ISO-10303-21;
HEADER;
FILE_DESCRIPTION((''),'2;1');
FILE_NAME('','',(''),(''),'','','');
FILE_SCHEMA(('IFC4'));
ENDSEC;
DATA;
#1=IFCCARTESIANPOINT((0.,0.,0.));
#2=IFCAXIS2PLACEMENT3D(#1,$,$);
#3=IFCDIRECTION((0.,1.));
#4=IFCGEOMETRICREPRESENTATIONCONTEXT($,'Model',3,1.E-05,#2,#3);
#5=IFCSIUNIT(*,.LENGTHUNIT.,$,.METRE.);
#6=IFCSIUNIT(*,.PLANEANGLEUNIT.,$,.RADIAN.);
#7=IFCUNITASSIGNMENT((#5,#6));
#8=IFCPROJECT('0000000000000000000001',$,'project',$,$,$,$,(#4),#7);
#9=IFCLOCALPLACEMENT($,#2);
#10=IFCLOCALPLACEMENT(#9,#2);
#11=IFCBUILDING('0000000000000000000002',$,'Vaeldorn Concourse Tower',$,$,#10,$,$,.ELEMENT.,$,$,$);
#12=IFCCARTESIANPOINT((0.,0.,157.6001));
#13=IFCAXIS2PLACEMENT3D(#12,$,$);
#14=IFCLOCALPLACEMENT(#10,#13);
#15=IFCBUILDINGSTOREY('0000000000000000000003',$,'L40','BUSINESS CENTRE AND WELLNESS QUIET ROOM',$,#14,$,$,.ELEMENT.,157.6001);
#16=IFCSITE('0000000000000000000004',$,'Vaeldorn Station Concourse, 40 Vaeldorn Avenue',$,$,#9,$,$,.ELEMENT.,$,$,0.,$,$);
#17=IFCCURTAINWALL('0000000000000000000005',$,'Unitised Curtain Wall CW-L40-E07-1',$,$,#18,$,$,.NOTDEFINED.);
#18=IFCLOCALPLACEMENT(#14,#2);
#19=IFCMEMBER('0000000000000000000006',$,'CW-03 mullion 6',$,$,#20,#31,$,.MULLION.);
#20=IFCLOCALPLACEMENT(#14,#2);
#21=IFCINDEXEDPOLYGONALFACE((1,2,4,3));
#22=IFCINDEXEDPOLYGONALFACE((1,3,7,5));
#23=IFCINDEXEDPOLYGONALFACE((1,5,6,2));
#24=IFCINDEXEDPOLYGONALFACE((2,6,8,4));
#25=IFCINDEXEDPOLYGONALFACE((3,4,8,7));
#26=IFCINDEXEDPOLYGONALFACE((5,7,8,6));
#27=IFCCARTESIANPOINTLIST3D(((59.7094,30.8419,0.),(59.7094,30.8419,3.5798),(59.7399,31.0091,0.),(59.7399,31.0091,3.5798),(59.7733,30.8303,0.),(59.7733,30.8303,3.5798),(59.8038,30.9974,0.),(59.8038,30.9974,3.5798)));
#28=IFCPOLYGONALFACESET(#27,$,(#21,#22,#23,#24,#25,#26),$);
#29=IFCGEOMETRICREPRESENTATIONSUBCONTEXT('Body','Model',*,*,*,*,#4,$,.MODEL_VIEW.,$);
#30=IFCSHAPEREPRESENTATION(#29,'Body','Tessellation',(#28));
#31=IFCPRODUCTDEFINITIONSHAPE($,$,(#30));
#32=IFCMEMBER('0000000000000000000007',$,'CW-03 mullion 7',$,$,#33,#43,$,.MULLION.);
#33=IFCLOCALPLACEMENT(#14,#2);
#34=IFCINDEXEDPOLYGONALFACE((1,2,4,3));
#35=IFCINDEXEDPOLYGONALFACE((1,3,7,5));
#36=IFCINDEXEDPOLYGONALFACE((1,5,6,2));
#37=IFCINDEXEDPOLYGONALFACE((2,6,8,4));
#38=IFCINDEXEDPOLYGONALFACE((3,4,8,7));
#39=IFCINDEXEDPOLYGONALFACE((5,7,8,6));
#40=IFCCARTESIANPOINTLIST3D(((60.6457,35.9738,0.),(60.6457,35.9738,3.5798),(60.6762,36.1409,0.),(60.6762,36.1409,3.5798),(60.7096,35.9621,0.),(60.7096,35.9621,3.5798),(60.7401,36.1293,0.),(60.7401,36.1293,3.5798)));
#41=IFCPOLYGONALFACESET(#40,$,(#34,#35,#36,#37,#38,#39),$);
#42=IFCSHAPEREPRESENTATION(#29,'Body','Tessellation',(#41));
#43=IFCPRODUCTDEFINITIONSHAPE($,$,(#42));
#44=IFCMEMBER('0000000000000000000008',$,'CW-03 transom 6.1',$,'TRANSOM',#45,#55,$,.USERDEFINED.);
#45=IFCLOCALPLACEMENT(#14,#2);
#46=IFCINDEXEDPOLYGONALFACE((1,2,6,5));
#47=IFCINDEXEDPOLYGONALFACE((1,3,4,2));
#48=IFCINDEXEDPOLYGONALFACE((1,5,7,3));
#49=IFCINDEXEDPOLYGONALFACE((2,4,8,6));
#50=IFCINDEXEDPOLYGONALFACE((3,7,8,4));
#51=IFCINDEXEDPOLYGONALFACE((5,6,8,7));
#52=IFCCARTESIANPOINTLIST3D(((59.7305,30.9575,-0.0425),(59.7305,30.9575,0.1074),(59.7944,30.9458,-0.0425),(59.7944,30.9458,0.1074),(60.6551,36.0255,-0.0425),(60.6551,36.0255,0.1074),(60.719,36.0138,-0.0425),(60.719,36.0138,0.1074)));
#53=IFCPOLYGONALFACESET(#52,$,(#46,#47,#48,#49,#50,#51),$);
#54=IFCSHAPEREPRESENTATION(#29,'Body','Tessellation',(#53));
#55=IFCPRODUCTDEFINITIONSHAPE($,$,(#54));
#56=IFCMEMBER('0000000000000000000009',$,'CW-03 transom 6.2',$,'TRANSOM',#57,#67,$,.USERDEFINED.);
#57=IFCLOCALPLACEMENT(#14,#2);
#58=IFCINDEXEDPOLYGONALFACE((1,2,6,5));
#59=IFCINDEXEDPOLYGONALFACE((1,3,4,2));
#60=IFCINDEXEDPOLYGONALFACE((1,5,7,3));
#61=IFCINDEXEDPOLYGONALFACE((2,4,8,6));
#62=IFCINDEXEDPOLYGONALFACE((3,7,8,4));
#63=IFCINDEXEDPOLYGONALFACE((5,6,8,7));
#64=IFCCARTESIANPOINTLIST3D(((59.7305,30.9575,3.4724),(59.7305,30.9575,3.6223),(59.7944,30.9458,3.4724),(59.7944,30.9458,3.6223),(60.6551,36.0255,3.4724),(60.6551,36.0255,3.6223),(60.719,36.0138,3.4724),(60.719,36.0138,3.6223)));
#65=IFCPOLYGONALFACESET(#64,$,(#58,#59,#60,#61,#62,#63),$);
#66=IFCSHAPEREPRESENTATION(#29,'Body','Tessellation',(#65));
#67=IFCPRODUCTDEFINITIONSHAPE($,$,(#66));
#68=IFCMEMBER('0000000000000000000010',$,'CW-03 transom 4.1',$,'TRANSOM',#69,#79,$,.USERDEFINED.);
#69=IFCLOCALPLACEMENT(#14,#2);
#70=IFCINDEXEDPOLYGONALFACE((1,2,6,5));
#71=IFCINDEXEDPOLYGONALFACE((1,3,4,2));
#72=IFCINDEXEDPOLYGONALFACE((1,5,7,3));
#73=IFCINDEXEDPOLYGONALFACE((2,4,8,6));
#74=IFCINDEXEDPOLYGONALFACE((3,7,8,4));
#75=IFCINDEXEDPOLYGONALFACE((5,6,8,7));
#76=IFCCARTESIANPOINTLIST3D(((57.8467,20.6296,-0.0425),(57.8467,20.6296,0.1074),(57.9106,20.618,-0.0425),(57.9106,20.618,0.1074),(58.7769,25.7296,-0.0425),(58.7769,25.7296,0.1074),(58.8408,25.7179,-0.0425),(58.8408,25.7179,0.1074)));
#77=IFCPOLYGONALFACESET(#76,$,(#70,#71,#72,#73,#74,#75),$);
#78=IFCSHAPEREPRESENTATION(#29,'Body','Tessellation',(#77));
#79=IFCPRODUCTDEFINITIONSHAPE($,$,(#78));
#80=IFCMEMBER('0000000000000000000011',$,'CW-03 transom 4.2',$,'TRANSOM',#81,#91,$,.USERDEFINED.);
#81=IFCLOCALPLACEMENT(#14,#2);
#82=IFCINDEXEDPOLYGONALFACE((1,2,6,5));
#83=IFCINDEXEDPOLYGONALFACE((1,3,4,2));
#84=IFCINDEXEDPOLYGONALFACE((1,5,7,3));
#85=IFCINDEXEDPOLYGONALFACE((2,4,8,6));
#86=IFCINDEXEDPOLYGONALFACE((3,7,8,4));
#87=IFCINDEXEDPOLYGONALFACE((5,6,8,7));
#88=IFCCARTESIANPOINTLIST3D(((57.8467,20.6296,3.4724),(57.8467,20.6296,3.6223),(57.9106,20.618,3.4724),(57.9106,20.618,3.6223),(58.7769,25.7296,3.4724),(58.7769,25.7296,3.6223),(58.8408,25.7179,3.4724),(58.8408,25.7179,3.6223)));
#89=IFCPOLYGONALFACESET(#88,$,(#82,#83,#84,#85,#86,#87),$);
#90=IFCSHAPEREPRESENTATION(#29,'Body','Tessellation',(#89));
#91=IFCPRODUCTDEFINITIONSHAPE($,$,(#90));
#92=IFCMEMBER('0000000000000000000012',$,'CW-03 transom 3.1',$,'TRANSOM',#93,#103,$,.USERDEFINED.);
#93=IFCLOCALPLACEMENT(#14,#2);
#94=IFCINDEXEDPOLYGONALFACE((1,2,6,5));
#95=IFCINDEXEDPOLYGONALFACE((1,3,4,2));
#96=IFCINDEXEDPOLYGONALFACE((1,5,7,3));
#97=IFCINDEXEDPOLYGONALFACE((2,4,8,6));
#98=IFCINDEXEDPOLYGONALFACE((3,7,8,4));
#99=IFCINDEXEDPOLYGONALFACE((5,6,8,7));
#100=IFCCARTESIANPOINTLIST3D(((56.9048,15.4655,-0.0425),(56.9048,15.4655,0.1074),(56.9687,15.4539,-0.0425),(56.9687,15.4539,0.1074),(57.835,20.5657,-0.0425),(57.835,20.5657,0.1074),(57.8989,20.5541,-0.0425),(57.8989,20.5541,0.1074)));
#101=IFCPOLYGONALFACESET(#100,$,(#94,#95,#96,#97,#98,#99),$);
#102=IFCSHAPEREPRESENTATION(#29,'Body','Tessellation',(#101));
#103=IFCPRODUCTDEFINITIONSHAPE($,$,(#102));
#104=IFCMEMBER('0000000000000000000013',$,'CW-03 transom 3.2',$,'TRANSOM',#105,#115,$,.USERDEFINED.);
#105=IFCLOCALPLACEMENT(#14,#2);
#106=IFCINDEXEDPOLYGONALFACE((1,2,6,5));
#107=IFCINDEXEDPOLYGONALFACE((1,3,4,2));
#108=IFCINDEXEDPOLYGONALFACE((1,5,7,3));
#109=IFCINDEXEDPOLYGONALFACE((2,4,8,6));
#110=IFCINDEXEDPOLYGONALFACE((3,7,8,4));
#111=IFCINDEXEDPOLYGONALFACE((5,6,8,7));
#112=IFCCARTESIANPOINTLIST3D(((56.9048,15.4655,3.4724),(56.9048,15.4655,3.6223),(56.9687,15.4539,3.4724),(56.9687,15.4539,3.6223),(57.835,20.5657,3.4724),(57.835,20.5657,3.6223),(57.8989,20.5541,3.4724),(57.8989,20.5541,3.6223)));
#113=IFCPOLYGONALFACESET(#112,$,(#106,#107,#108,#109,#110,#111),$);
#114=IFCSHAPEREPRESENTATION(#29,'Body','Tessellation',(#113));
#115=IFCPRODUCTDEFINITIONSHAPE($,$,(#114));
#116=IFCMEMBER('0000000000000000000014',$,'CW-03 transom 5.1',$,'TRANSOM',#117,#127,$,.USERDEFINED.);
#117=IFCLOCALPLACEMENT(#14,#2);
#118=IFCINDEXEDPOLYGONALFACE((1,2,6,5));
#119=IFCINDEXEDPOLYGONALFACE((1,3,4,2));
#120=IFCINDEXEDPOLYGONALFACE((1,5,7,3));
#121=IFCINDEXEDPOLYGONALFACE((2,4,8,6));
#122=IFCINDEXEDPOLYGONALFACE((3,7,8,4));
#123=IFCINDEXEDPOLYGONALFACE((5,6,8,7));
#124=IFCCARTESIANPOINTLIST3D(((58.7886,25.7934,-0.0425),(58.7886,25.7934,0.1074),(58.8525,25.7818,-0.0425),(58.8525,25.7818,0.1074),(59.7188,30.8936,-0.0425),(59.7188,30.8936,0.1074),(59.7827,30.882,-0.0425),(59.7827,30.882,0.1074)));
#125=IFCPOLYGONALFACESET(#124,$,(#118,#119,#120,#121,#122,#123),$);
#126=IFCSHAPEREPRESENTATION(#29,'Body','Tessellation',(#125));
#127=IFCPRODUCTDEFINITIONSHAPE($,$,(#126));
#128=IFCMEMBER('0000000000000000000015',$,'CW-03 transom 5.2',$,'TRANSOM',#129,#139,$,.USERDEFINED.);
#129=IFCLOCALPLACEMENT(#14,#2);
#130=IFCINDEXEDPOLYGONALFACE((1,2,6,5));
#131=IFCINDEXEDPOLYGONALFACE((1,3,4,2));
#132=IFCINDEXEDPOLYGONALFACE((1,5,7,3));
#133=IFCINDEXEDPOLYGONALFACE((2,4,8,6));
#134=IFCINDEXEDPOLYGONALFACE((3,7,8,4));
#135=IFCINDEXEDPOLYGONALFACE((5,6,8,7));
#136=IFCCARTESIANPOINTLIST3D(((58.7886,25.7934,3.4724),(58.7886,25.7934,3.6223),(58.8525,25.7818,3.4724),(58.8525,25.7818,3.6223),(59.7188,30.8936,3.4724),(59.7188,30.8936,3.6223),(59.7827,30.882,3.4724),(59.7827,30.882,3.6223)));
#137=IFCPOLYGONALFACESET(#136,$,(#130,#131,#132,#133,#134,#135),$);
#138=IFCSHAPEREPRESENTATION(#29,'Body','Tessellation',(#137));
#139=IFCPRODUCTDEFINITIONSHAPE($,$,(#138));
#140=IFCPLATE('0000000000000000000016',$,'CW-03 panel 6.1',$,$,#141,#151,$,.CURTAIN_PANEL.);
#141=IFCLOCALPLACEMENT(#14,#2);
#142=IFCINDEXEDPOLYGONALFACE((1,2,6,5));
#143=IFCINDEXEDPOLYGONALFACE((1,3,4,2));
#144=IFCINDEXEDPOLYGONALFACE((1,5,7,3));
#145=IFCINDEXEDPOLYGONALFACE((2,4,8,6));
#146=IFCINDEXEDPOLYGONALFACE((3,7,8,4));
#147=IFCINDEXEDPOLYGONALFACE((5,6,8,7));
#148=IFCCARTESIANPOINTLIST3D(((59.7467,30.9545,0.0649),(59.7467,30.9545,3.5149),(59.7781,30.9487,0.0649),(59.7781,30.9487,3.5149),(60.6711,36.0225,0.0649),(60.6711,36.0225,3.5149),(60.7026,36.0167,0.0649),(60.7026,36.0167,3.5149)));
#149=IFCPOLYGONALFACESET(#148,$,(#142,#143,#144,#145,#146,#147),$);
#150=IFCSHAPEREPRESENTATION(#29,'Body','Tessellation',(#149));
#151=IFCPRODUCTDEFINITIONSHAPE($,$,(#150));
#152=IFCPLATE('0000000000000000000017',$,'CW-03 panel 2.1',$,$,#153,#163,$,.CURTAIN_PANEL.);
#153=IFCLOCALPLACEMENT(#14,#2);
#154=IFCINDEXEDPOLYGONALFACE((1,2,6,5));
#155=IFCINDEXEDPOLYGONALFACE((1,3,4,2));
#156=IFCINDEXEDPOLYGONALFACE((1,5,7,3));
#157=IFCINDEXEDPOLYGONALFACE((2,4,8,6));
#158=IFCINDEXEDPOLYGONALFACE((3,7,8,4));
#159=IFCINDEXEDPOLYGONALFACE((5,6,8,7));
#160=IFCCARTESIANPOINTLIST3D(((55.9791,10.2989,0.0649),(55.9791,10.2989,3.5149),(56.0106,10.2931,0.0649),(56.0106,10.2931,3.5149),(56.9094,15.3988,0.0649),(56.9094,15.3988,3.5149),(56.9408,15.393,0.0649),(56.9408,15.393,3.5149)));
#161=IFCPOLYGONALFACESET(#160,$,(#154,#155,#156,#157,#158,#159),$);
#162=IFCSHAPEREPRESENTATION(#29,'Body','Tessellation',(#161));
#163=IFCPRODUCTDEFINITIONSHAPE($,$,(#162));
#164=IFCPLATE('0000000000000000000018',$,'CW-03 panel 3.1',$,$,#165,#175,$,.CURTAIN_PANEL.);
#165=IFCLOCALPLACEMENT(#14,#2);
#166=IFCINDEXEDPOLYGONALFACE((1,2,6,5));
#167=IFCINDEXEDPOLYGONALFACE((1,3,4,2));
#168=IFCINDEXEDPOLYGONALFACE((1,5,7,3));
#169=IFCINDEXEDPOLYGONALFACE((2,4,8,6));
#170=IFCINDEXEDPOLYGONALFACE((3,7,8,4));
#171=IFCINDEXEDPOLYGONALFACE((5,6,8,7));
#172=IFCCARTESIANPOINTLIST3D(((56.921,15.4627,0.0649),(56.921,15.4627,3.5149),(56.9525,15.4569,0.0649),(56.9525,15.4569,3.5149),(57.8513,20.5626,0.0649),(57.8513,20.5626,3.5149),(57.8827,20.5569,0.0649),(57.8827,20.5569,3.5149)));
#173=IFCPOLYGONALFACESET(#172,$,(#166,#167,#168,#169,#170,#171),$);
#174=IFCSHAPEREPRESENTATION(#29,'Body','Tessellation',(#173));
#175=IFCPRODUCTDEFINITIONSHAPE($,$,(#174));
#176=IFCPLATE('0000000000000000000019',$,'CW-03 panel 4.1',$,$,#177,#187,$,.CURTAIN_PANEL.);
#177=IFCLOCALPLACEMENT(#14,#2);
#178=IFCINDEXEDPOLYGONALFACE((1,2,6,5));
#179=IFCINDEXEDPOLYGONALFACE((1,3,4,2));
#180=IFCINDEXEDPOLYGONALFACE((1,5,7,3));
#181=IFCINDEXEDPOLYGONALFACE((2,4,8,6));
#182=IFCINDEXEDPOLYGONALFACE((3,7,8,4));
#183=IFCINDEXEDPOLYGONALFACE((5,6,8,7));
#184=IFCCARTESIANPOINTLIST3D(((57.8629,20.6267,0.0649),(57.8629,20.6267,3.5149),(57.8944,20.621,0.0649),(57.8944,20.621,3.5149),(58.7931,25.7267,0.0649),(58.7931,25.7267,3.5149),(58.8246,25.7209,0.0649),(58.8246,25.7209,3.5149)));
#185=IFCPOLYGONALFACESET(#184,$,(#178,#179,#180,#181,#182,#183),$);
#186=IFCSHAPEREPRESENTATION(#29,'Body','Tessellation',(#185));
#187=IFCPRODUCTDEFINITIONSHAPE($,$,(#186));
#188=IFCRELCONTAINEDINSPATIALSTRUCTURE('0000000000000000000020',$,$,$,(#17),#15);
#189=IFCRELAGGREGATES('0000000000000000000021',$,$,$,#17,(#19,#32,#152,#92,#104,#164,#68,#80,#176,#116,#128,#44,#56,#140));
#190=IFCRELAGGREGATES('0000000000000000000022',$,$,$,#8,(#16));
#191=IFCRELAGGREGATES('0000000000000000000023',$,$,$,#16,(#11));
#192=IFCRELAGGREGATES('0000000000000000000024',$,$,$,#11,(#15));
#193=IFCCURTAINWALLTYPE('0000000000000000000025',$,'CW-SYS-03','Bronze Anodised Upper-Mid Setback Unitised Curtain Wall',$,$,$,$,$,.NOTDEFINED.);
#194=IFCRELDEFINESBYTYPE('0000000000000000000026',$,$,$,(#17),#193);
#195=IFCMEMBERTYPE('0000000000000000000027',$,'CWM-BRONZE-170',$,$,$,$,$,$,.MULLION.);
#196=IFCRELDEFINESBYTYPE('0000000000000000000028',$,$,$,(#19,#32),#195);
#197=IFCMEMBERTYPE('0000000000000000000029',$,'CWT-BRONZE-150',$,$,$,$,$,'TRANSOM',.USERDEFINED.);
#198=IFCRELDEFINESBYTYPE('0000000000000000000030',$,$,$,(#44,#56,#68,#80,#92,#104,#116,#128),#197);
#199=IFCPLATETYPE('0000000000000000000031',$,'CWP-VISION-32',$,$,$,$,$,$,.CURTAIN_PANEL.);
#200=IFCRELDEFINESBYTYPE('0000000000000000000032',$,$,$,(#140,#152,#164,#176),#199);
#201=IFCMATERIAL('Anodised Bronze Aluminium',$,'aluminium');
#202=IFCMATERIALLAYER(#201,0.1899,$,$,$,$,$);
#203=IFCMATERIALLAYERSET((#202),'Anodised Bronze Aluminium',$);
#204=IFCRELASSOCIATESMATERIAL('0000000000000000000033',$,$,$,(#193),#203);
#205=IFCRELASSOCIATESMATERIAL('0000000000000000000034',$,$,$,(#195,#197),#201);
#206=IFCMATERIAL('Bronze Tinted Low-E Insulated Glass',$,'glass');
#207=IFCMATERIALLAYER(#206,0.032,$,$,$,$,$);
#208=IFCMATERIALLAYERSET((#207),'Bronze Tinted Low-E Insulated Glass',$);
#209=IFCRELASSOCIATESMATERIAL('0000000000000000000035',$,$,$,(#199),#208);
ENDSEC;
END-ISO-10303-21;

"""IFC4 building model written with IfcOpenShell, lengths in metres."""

from ifc_helpers import new_model, si_unit, direction, frame, origin, origin_2d, place, context, subcontext, project, spatial, rectangle, extrude, source, transform, mapped, material, layer, layer_set, material_profile, profile_set, type_object, element, aggregate, save


model = new_model("IFC4")

# Units and contexts
model_context = context("Model", 3, precision=1e-05, world=origin(), true_north=direction((0.0, 1.0)))
body_context = subcontext(model_context, "Body", "Model", "MODEL_VIEW")
ifc_project = project(units=[si_unit("LENGTHUNIT", "METRE"), si_unit("PLANEANGLEUNIT", "RADIAN")], contexts=[model_context])

# Site, building, storey
site_placement = place(None, origin())
site = spatial("IfcSite", under=ifc_project, at=site_placement, Name="Vaeldorn Station Concourse, 40 Vaeldorn Avenue", CompositionType="ELEMENT", RefElevation=0.0)
building_placement = place(site_placement, origin())
building = spatial("IfcBuilding", under=site, at=building_placement, Name="Vaeldorn Concourse Tower", CompositionType="ELEMENT")
storey_placement = place(building_placement, frame((0.0, 0.0, 157.6001)))
storey = spatial("IfcBuildingStorey", under=building, at=storey_placement, Name="L40", Description="BUSINESS CENTRE AND WELLNESS QUIET ROOM", CompositionType="ELEMENT", Elevation=157.6001)

# Curtain wall, members, plates
ifc_material_1 = material(Name="Anodised Bronze Aluminium", Category="aluminium")
ifc_layer_1 = layer(ifc_material_1, 0.1899)
ifc_layer_set_1 = layer_set([ifc_layer_1], Name="Anodised Bronze Aluminium")
curtain_wall_type = type_object("IfcCurtainWallType", Name="CW-SYS-03", Description="Bronze Anodised Upper-Mid Setback Unitised Curtain Wall", PredefinedType="NOTDEFINED", material=ifc_layer_set_1)
curtain_wall_placement = place(storey_placement, origin())
curtain_wall = element("IfcCurtainWall", 1, at=curtain_wall_placement, inside=storey, type_object=curtain_wall_type, Name="Unitised Curtain Wall CW-L40-E07-1", PredefinedType="NOTDEFINED")
ifc_material_profile_1 = material_profile(ifc_material_1, rectangle(XDim=0.0649, YDim=0.1699, at=origin_2d()), Name="CWM 65x170")
ifc_profile_set_1 = profile_set([ifc_material_profile_1], Name="Anodised Bronze Aluminium")
member_type_1 = type_object("IfcMemberType", Name="CWM-BRONZE-170", PredefinedType="MULLION", material=ifc_profile_set_1)
shared_shape_1 = source(origin(), body_context, "Body", "SweptSolid", [
    extrude(rectangle(XDim=0.0649, YDim=0.1699, at=origin_2d()), origin(), (0.0, 0.0, 1.0), 3.5798),
])
member_1_placement = place(storey_placement, frame((59.7566, 30.9197, 0.0), z_axis=(0.0, 0.0, 1.0), x_axis=(-0.983768, 0.179446, 0.0)))
member_1 = element("IfcMember", 2, at=member_1_placement, type_object=member_type_1, Name="CW-03 mullion 6", PredefinedType="MULLION", context=body_context, shape_type="MappedRepresentation", body=[
    mapped(shared_shape_1, transform((0.0, 0.0, 0.0), scale=1.0)),
])
member_2_placement = place(storey_placement, frame((60.6929, 36.0515, 0.0), z_axis=(0.0, 0.0, 1.0), x_axis=(-0.983768, 0.179446, 0.0)))
member_2 = element("IfcMember", 3, at=member_2_placement, type_object=member_type_1, Name="CW-03 mullion 7", PredefinedType="MULLION", context=body_context, shape_type="MappedRepresentation", body=[
    mapped(shared_shape_1, transform((0.0, 0.0, 0.0), scale=1.0)),
])
ifc_material_profile_2 = material_profile(ifc_material_1, rectangle(XDim=0.0649, YDim=0.1499, at=origin_2d()), Name="CWT 65x150")
ifc_profile_set_2 = profile_set([ifc_material_profile_2], Name="Anodised Bronze Aluminium")
member_type_2 = type_object("IfcMemberType", Name="CWT-BRONZE-150", ElementType="TRANSOM", PredefinedType="USERDEFINED", material=ifc_profile_set_2)
shared_shape_2 = source(origin(), body_context, "Body", "SweptSolid", [
    extrude(rectangle(XDim=0.0649, YDim=0.1499, at=origin_2d()), origin(), (0.0, 0.0, 1.0), 5.1516),
])
member_3_placement = place(storey_placement, frame((59.7625, 30.9517, 0.0325), z_axis=(0.179473, 0.983763, 0.0), x_axis=(-0.983763, 0.179473, 0.0)))
member_3 = element("IfcMember", 4, at=member_3_placement, type_object=member_type_2, Name="CW-03 transom 6.1", ObjectType="TRANSOM", PredefinedType="USERDEFINED", context=body_context, shape_type="MappedRepresentation", body=[
    mapped(shared_shape_2, transform((0.0, 0.0, 0.0), scale=1.0)),
])
member_4_placement = place(storey_placement, frame((59.7625, 30.9517, 3.5474), z_axis=(0.179473, 0.983763, 0.0), x_axis=(-0.983763, 0.179473, 0.0)))
member_4 = element("IfcMember", 5, at=member_4_placement, type_object=member_type_2, Name="CW-03 transom 6.2", ObjectType="TRANSOM", PredefinedType="USERDEFINED", context=body_context, shape_type="MappedRepresentation", body=[
    mapped(shared_shape_2, transform((0.0, 0.0, 0.0), scale=1.0)),
])
shared_shape_3 = source(origin(), body_context, "Body", "SweptSolid", [
    extrude(rectangle(XDim=0.0649, YDim=0.1499, at=origin_2d()), origin(), (0.0, 0.0, 1.0), 5.1841),
])
member_5_placement = place(storey_placement, frame((57.8787, 20.6238, 0.0325), z_axis=(0.179432, 0.98377, 0.0), x_axis=(-0.98377, 0.179432, 0.0)))
member_5 = element("IfcMember", 6, at=member_5_placement, type_object=member_type_2, Name="CW-03 transom 4.1", ObjectType="TRANSOM", PredefinedType="USERDEFINED", context=body_context, shape_type="MappedRepresentation", body=[
    mapped(shared_shape_3, transform((0.0, 0.0, 0.0), scale=1.0)),
])
member_6_placement = place(storey_placement, frame((57.8787, 20.6238, 3.5474), z_axis=(0.179432, 0.98377, 0.0), x_axis=(-0.98377, 0.179432, 0.0)))
member_6 = element("IfcMember", 7, at=member_6_placement, type_object=member_type_2, Name="CW-03 transom 4.2", ObjectType="TRANSOM", PredefinedType="USERDEFINED", context=body_context, shape_type="MappedRepresentation", body=[
    mapped(shared_shape_3, transform((0.0, 0.0, 0.0), scale=1.0)),
])
shared_shape_4 = source(origin(), body_context, "Body", "SweptSolid", [
    extrude(rectangle(XDim=0.0649, YDim=0.1499, at=origin_2d()), origin(), (0.0, 0.0, 1.0), 5.1843),
])
member_7_placement = place(storey_placement, frame((56.9368, 15.4597, 0.0325), z_axis=(0.179424, 0.983772, 0.0), x_axis=(-0.983772, 0.179424, 0.0)))
member_7 = element("IfcMember", 8, at=member_7_placement, type_object=member_type_2, Name="CW-03 transom 3.1", ObjectType="TRANSOM", PredefinedType="USERDEFINED", context=body_context, shape_type="MappedRepresentation", body=[
    mapped(shared_shape_4, transform((0.0, 0.0, 0.0), scale=1.0)),
])
member_8_placement = place(storey_placement, frame((56.9368, 15.4597, 3.5474), z_axis=(0.179424, 0.983772, 0.0), x_axis=(-0.983772, 0.179424, 0.0)))
member_8 = element("IfcMember", 9, at=member_8_placement, type_object=member_type_2, Name="CW-03 transom 3.2", ObjectType="TRANSOM", PredefinedType="USERDEFINED", context=body_context, shape_type="MappedRepresentation", body=[
    mapped(shared_shape_4, transform((0.0, 0.0, 0.0), scale=1.0)),
])
member_9_placement = place(storey_placement, frame((58.8206, 25.7876, 0.0325), z_axis=(0.179424, 0.983772, 0.0), x_axis=(-0.983772, 0.179424, 0.0)))
member_9 = element("IfcMember", 10, at=member_9_placement, type_object=member_type_2, Name="CW-03 transom 5.1", ObjectType="TRANSOM", PredefinedType="USERDEFINED", context=body_context, shape_type="MappedRepresentation", body=[
    mapped(shared_shape_4, transform((0.0, 0.0, 0.0), scale=1.0)),
])
member_10_placement = place(storey_placement, frame((58.8206, 25.7876, 3.5474), z_axis=(0.179424, 0.983772, 0.0), x_axis=(-0.983772, 0.179424, 0.0)))
member_10 = element("IfcMember", 11, at=member_10_placement, type_object=member_type_2, Name="CW-03 transom 5.2", ObjectType="TRANSOM", PredefinedType="USERDEFINED", context=body_context, shape_type="MappedRepresentation", body=[
    mapped(shared_shape_4, transform((0.0, 0.0, 0.0), scale=1.0)),
])
ifc_material_2 = material(Name="Bronze Tinted Low-E Insulated Glass", Category="glass")
ifc_layer_2 = layer(ifc_material_2, 0.032)
ifc_layer_set_2 = layer_set([ifc_layer_2], Name="Bronze Tinted Low-E Insulated Glass")
plate_type = type_object("IfcPlateType", Name="CWP-VISION-32", PredefinedType="CURTAIN_PANEL", material=ifc_layer_set_2)
shared_shape_5 = source(origin(), body_context, "Body", "SweptSolid", [
    extrude(rectangle(XDim=5.1516, YDim=0.032, at=origin_2d()), origin(), (0.0, 0.0, 1.0), 3.45),
])
plate_1_placement = place(storey_placement, frame((60.2246, 33.4856, 0.0649), z_axis=(0.0, 0.0, 1.0), x_axis=(0.179446, 0.983768, 0.0)))
plate_1 = element("IfcPlate", 12, at=plate_1_placement, type_object=plate_type, Name="CW-03 panel 6.1", PredefinedType="CURTAIN_PANEL", context=body_context, shape_type="MappedRepresentation", body=[
    mapped(shared_shape_5, transform((0.0, 0.0, 0.0), scale=1.0)),
])
shared_shape_6 = source(origin(), body_context, "Body", "SweptSolid", [
    extrude(rectangle(XDim=5.1841, YDim=0.032, at=origin_2d()), origin(), (0.0, 0.0, 1.0), 3.45),
])
plate_2_placement = place(storey_placement, frame((56.46, 12.8459, 0.0649), z_axis=(0.0, 0.0, 1.0), x_axis=(0.179446, 0.983768, 0.0)))
plate_2 = element("IfcPlate", 13, at=plate_2_placement, type_object=plate_type, Name="CW-03 panel 2.1", PredefinedType="CURTAIN_PANEL", context=body_context, shape_type="MappedRepresentation", body=[
    mapped(shared_shape_6, transform((0.0, 0.0, 0.0), scale=1.0)),
])
plate_3_placement = place(storey_placement, frame((57.4019, 18.0098, 0.0649), z_axis=(0.0, 0.0, 1.0), x_axis=(0.179446, 0.983768, 0.0)))
plate_3 = element("IfcPlate", 14, at=plate_3_placement, type_object=plate_type, Name="CW-03 panel 3.1", PredefinedType="CURTAIN_PANEL", context=body_context, shape_type="MappedRepresentation", body=[
    mapped(shared_shape_6, transform((0.0, 0.0, 0.0), scale=1.0)),
])
plate_4_placement = place(storey_placement, frame((58.3438, 23.1738, 0.0649), z_axis=(0.0, 0.0, 1.0), x_axis=(0.179446, 0.983768, 0.0)))
plate_4 = element("IfcPlate", 15, at=plate_4_placement, type_object=plate_type, Name="CW-03 panel 4.1", PredefinedType="CURTAIN_PANEL", context=body_context, shape_type="MappedRepresentation", body=[
    mapped(shared_shape_6, transform((0.0, 0.0, 0.0), scale=1.0)),
])
aggregate(curtain_wall, [member_1, member_2, plate_2, member_7, member_8, plate_3, member_5, member_6, plate_4, member_9, member_10, member_3, member_4, plate_1])

save(model, "model.ifc")
